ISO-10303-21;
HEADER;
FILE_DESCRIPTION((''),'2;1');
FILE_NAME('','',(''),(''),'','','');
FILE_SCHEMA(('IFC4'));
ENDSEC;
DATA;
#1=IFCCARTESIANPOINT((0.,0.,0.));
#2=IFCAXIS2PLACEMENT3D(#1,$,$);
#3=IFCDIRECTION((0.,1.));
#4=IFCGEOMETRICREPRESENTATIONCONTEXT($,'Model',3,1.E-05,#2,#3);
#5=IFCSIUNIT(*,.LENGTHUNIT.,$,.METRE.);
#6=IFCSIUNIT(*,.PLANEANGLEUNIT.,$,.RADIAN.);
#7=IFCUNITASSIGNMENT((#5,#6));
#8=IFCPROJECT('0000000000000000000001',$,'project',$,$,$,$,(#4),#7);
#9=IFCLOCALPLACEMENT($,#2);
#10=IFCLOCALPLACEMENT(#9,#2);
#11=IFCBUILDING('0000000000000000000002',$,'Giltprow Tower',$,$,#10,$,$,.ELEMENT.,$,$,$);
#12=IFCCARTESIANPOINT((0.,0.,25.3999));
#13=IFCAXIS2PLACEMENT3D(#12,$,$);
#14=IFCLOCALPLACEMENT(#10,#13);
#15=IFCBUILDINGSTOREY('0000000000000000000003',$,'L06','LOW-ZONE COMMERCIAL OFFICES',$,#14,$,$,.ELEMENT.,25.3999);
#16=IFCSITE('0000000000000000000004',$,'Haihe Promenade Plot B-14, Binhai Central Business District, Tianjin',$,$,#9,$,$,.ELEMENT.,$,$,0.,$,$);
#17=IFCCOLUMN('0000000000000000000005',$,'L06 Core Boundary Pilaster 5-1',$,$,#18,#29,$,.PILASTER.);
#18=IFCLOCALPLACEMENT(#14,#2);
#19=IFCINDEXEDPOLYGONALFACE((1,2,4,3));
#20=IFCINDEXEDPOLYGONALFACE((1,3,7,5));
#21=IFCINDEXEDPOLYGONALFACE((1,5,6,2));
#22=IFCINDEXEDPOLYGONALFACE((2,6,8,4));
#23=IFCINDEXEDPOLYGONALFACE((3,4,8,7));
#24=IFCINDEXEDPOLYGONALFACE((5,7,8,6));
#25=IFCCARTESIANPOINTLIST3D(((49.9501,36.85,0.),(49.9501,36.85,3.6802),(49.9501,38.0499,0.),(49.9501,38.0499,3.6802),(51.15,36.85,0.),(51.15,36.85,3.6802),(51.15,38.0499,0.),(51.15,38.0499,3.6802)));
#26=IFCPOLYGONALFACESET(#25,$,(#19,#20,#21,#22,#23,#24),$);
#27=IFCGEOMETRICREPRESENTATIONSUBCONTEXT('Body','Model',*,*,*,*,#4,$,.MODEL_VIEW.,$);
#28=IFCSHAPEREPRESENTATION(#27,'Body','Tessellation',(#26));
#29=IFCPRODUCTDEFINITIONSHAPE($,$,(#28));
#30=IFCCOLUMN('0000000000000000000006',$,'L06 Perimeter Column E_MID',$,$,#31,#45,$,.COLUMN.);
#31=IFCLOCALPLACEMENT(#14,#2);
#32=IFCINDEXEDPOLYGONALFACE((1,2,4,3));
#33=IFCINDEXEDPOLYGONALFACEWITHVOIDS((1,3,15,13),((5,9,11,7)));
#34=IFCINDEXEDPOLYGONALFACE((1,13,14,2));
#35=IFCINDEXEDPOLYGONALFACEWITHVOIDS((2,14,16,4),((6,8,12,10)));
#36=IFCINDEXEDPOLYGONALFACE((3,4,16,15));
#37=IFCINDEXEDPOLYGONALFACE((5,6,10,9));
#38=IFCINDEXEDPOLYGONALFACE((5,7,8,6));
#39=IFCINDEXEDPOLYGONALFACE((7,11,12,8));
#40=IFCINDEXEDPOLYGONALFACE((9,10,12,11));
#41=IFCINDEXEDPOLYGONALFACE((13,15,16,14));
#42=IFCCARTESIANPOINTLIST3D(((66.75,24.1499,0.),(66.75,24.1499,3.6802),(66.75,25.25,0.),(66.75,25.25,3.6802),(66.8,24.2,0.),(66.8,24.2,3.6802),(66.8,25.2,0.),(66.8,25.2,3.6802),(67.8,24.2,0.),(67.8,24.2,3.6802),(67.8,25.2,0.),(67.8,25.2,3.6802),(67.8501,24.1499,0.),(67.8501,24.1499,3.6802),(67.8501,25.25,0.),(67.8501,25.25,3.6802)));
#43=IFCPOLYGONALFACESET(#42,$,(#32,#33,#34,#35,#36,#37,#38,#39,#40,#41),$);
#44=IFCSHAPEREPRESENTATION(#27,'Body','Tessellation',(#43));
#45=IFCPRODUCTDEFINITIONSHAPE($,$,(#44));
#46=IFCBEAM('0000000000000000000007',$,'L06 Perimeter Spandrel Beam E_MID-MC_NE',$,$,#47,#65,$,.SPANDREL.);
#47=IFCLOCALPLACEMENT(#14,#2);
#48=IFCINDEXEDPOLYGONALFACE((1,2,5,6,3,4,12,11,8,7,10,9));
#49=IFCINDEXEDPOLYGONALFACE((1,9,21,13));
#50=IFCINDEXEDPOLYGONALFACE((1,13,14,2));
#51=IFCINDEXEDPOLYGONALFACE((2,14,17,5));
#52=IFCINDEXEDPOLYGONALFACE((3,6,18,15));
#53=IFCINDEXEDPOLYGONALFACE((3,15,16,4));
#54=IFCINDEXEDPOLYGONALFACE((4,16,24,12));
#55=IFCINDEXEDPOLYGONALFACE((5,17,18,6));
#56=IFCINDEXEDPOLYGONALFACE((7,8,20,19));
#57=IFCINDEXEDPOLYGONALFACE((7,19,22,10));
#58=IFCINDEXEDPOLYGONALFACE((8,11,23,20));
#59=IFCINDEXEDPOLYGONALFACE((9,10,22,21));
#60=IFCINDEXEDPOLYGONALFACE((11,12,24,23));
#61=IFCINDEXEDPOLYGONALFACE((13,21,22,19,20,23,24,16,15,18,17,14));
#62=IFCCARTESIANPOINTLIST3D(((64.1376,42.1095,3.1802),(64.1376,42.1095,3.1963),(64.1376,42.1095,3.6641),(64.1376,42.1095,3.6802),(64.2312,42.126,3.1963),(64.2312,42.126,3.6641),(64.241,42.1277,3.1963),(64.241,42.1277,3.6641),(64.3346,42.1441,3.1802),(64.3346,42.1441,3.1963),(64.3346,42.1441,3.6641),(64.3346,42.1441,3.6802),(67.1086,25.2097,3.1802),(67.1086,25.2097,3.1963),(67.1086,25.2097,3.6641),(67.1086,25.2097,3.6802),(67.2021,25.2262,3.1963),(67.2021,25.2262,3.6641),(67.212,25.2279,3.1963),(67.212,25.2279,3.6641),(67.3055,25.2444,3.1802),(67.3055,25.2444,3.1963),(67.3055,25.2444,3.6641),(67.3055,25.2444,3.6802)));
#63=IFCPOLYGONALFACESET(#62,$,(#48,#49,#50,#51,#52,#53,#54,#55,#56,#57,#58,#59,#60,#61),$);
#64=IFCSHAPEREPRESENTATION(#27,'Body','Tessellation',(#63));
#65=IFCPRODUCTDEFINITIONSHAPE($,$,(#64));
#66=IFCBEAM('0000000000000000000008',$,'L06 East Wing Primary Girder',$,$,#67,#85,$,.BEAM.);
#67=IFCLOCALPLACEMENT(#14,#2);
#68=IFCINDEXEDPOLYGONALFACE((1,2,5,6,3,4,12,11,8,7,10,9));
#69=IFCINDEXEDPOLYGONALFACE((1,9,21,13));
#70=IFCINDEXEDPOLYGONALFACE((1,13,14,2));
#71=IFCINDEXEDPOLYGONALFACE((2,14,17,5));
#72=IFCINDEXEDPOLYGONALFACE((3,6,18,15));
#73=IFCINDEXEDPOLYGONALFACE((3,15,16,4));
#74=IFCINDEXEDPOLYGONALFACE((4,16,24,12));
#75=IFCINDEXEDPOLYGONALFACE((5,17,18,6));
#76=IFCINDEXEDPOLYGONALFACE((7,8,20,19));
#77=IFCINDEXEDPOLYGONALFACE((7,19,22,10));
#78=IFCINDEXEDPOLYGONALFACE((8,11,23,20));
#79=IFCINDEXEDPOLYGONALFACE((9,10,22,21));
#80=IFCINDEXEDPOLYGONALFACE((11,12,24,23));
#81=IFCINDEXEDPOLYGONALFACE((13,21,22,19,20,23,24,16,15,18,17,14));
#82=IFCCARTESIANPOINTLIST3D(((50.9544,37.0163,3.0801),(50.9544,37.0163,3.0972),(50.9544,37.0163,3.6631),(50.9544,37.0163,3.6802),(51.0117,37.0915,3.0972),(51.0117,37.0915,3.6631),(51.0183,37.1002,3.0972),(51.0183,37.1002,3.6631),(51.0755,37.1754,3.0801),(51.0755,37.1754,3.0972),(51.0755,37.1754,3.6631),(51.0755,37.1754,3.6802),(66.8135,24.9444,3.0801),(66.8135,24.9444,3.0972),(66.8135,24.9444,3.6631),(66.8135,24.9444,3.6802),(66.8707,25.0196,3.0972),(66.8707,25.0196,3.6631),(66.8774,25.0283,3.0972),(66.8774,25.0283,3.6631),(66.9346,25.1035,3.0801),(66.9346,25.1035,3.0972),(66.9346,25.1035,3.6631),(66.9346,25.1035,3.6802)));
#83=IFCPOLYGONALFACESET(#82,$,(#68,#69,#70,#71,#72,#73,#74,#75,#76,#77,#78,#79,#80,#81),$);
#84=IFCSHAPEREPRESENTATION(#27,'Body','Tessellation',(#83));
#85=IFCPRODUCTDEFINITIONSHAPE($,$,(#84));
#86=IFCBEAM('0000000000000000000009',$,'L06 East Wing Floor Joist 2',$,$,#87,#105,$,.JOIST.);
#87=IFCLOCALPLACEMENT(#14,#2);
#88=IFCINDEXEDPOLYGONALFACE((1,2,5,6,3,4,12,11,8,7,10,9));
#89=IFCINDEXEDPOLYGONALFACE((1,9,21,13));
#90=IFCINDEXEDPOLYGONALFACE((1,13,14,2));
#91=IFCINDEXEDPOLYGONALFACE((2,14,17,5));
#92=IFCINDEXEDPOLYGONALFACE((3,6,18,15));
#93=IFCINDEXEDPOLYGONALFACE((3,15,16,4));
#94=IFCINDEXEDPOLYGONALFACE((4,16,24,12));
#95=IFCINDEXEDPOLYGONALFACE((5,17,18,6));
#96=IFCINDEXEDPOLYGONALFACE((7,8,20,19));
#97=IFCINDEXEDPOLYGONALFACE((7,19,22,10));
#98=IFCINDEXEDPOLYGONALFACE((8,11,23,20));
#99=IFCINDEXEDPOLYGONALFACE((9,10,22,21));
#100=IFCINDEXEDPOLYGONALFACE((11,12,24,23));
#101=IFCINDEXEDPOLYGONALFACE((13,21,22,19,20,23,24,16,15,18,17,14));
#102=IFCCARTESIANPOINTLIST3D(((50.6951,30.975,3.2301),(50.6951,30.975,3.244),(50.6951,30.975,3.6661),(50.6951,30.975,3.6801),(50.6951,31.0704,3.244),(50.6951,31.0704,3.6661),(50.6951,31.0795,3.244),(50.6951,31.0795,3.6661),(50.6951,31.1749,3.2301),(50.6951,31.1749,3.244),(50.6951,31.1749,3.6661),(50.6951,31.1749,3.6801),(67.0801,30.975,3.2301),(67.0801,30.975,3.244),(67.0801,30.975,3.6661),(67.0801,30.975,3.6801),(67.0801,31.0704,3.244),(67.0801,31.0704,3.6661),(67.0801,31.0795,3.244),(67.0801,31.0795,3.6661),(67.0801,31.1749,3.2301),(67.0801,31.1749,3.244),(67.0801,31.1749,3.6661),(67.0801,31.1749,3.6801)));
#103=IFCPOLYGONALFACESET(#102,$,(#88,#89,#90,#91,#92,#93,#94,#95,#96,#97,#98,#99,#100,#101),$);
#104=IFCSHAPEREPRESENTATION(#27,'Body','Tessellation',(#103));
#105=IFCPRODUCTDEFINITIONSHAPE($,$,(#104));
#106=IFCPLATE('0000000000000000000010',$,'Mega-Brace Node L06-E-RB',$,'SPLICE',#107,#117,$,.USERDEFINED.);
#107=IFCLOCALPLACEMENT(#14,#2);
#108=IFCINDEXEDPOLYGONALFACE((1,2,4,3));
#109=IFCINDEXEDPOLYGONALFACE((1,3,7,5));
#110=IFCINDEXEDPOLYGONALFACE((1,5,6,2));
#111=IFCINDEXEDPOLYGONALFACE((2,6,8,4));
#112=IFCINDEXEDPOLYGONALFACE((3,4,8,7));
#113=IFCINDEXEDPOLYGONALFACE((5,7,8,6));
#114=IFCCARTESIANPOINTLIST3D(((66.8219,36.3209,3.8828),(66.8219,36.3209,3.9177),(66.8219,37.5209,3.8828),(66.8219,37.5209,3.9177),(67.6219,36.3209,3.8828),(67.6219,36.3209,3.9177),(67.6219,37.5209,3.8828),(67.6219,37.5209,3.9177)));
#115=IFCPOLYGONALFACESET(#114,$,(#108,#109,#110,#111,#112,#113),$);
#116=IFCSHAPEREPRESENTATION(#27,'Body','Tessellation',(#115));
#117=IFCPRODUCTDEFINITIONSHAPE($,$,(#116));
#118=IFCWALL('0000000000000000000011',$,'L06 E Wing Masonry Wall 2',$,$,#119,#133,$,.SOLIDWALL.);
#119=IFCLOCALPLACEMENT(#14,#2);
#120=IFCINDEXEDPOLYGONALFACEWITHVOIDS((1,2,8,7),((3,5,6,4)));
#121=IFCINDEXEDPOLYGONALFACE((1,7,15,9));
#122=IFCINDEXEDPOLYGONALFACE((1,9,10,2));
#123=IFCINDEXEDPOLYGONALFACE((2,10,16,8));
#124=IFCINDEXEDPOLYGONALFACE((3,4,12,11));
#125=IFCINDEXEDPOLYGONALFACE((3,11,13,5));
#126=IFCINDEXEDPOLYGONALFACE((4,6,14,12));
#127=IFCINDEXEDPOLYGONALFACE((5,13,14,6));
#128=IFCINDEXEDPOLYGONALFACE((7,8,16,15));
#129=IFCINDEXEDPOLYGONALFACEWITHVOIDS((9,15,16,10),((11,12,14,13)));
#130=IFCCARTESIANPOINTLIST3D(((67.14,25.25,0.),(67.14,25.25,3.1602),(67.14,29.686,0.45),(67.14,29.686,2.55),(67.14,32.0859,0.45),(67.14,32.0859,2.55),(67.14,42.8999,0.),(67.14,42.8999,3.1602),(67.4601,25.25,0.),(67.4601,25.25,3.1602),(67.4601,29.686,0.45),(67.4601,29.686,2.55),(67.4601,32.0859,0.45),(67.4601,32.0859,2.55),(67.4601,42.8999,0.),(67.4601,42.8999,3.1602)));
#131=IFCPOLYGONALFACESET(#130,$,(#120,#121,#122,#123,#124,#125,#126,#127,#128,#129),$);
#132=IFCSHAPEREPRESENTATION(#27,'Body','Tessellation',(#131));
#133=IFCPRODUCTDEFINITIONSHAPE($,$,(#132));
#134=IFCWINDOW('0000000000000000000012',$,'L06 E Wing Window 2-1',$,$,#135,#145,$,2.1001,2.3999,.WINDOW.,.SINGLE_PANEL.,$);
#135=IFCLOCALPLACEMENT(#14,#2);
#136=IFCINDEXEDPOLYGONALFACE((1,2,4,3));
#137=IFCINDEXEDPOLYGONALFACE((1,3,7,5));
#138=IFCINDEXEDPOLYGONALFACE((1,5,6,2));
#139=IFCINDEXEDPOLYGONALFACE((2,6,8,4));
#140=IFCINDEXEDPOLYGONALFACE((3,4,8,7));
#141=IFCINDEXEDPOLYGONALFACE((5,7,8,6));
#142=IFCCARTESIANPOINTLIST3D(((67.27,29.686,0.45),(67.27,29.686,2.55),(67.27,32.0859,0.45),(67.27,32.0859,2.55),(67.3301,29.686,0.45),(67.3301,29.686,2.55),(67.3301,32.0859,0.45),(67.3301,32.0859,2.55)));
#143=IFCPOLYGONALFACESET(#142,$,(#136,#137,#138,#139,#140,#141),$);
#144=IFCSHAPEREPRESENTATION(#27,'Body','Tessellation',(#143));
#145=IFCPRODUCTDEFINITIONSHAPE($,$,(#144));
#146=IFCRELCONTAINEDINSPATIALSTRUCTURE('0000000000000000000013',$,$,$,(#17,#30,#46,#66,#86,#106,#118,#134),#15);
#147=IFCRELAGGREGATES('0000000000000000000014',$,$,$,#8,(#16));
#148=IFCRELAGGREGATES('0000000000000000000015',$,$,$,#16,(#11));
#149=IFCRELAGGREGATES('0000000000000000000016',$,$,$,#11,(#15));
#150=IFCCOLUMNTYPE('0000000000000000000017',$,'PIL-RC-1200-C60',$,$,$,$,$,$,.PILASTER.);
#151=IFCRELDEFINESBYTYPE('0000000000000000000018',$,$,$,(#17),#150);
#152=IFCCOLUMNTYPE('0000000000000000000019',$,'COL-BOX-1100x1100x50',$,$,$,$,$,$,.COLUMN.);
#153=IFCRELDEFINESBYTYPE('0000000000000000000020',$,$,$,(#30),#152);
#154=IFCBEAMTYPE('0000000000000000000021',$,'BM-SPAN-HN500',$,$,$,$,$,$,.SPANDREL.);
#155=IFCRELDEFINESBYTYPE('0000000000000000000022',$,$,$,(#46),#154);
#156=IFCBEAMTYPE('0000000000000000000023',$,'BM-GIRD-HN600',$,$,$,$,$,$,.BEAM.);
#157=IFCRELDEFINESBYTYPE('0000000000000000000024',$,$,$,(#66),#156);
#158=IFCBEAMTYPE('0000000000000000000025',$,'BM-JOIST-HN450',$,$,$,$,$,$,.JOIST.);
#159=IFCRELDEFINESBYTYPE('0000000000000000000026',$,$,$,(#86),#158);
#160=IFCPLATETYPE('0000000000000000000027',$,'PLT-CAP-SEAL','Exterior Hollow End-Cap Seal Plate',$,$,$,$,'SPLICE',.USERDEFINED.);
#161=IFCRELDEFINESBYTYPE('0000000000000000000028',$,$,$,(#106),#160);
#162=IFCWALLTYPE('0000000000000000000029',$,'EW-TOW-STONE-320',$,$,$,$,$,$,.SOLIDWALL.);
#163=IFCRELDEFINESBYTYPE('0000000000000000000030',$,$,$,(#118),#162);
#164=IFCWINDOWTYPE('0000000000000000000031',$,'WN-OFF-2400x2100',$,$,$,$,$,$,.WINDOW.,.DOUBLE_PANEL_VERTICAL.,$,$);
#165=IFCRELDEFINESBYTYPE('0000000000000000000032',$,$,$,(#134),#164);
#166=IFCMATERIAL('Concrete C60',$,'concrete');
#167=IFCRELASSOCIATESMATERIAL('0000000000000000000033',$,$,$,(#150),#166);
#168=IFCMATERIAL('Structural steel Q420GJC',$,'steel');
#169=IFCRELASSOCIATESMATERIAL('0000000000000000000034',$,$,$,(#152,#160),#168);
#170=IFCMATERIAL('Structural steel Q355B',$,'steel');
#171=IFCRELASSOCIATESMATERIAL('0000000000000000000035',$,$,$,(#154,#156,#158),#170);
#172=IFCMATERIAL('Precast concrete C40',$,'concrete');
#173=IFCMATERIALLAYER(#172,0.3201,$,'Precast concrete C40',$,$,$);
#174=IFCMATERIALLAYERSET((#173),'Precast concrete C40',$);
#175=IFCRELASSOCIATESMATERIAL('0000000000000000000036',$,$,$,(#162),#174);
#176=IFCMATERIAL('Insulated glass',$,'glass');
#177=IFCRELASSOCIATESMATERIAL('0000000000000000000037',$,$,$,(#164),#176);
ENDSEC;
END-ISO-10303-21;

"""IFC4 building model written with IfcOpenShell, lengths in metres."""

from ifc_helpers import new_model, si_unit, direction, frame, frame_2d, origin, origin_2d, place, context, subcontext, project, spatial, rectangle, hollow_rectangle, i_section, extrude, source, transform, mapped, material, layer, layer_set, material_profile, profile_set, type_object, element, fill, save


model = new_model("IFC4")

# Units and contexts
model_context = context("Model", 3, precision=1e-05, world=origin(), true_north=direction((0.0, 1.0)))
body_context = subcontext(model_context, "Body", "Model", "MODEL_VIEW")
ifc_project = project(units=[si_unit("LENGTHUNIT", "METRE"), si_unit("PLANEANGLEUNIT", "RADIAN")], contexts=[model_context])

# Site, building, storey
site_placement = place(None, origin())
site = spatial("IfcSite", under=ifc_project, at=site_placement, Name="Haihe Promenade Plot B-14, Binhai Central Business District, Tianjin", CompositionType="ELEMENT", RefElevation=0.0)
building_placement = place(site_placement, origin())
building = spatial("IfcBuilding", under=site, at=building_placement, Name="Giltprow Tower", CompositionType="ELEMENT")
storey_placement = place(building_placement, frame((0.0, 0.0, 25.3999)))
storey = spatial("IfcBuildingStorey", under=building, at=storey_placement, Name="L06", Description="LOW-ZONE COMMERCIAL OFFICES", CompositionType="ELEMENT", Elevation=25.3999)

# Columns
ifc_material_1 = material(Name="Concrete C60", Category="concrete")
ifc_material_profile_1 = material_profile(ifc_material_1, rectangle(XDim=1.2, YDim=1.2, at=origin_2d()), Name="RC 1200x1200")
ifc_profile_set_1 = profile_set([ifc_material_profile_1], Name="Concrete C60")
column_type_1 = type_object("IfcColumnType", Name="PIL-RC-1200-C60", PredefinedType="PILASTER", material=ifc_profile_set_1)
shared_shape_1 = source(origin(), body_context, "Body", "SweptSolid", [
    extrude(rectangle(XDim=1.2, YDim=1.2, at=origin_2d()), origin(), (0.0, 0.0, 1.0), 3.6802),
])
column_1_placement = place(storey_placement, frame((50.55, 37.45, 0.0), z_axis=(0.0, 0.0, 1.0), x_axis=(1.0, 0.0, 0.0)))
element("IfcColumn", 1, at=column_1_placement, inside=storey, type_object=column_type_1, Name="L06 Core Boundary Pilaster 5-1", PredefinedType="PILASTER", context=body_context, shape_type="MappedRepresentation", body=[
    mapped(shared_shape_1, transform((0.0, 0.0, 0.0), x_axis=(1.0, 0.0, 0.0), y_axis=(0.0, 1.0, 0.0), z_axis=(0.0, 0.0, 1.0), scale=1.0)),
])
ifc_material_2 = material(Name="Structural steel Q420GJC", Category="steel")
ifc_material_profile_2 = material_profile(ifc_material_2, hollow_rectangle(XDim=1.1001, YDim=1.1001, WallThickness=0.05, at=origin_2d()), Name="BOX 1100x1100x50")
ifc_profile_set_2 = profile_set([ifc_material_profile_2], Name="Structural steel Q420GJC")
column_type_2 = type_object("IfcColumnType", Name="COL-BOX-1100x1100x50", PredefinedType="COLUMN", material=ifc_profile_set_2)
shared_shape_2 = source(origin(), body_context, "Body", "SweptSolid", [
    extrude(hollow_rectangle(XDim=1.1001, YDim=1.1001, WallThickness=0.05, at=origin_2d()), origin(), (0.0, 0.0, 1.0), 3.6802),
])
column_2_placement = place(storey_placement, frame((67.3, 24.7, 0.0), z_axis=(0.0, 0.0, 1.0), x_axis=(1.0, 0.0, 0.0)))
element("IfcColumn", 2, at=column_2_placement, inside=storey, type_object=column_type_2, Name="L06 Perimeter Column E_MID", PredefinedType="COLUMN", context=body_context, shape_type="MappedRepresentation", body=[
    mapped(shared_shape_2, transform((0.0, 0.0, 0.0), x_axis=(1.0, 0.0, 0.0), y_axis=(0.0, 1.0, 0.0), z_axis=(0.0, 0.0, 1.0), scale=1.0)),
])

# Beams
ifc_material_3 = material(Name="Structural steel Q355B", Category="steel")
ifc_material_profile_3 = material_profile(ifc_material_3, i_section(OverallWidth=0.2, OverallDepth=0.5, WebThickness=0.01, FlangeThickness=0.0161, at=origin_2d()), Name="HN 500x200x10x16")
ifc_profile_set_3 = profile_set([ifc_material_profile_3], Name="Structural steel Q355B")
beam_type_1 = type_object("IfcBeamType", Name="BM-SPAN-HN500", PredefinedType="SPANDREL", material=ifc_profile_set_3)
shared_shape_3 = source(origin(), body_context, "Body", "SweptSolid", [
    extrude(i_section(OverallWidth=0.2, OverallDepth=0.5, WebThickness=0.01, FlangeThickness=0.0161, at=origin_2d()), origin(), (0.0, 0.0, 1.0), 17.1589),
])
beam_1_placement = place(storey_placement, frame((67.207, 25.2271, 3.4302), z_axis=(-0.173142, 0.984897, 0.0), x_axis=(-0.984897, -0.173142, 0.0)))
element("IfcBeam", 3, at=beam_1_placement, inside=storey, type_object=beam_type_1, Name="L06 Perimeter Spandrel Beam E_MID-MC_NE", PredefinedType="SPANDREL", context=body_context, shape_type="MappedRepresentation", body=[
    mapped(shared_shape_3, transform((0.0, 0.0, 0.0), x_axis=(1.0, 0.0, 0.0), y_axis=(0.0, 1.0, 0.0), z_axis=(0.0, 0.0, 1.0), scale=1.0)),
])
ifc_material_profile_4 = material_profile(ifc_material_3, i_section(OverallWidth=0.2, OverallDepth=0.6001, WebThickness=0.011, FlangeThickness=0.0171, at=origin_2d()), Name="HN 600x200x11x17")
ifc_profile_set_4 = profile_set([ifc_material_profile_4], Name="Structural steel Q355B")
beam_type_2 = type_object("IfcBeamType", Name="BM-GIRD-HN600", PredefinedType="BEAM", material=ifc_profile_set_4)
shared_shape_4 = source(origin(), body_context, "Body", "SweptSolid", [
    extrude(i_section(OverallWidth=0.2, OverallDepth=0.6001, WebThickness=0.011, FlangeThickness=0.0171, at=origin_2d()), origin(), (0.0, 0.0, 1.0), 19.9309),
])
beam_2_placement = place(storey_placement, frame((66.874, 25.0239, 3.3801), z_axis=(-0.795701, 0.60569, 0.0), x_axis=(-0.60569, -0.795701, 0.0)))
element("IfcBeam", 4, at=beam_2_placement, inside=storey, type_object=beam_type_2, Name="L06 East Wing Primary Girder", PredefinedType="BEAM", context=body_context, shape_type="MappedRepresentation", body=[
    mapped(shared_shape_4, transform((0.0, 0.0, 0.0), x_axis=(1.0, 0.0, 0.0), y_axis=(0.0, 1.0, 0.0), z_axis=(0.0, 0.0, 1.0), scale=1.0)),
])
ifc_material_profile_5 = material_profile(ifc_material_3, i_section(OverallWidth=0.2, OverallDepth=0.45, WebThickness=0.009, FlangeThickness=0.0139, at=origin_2d()), Name="HN 450x200x9x14")
ifc_profile_set_5 = profile_set([ifc_material_profile_5], Name="Structural steel Q355B")
beam_type_3 = type_object("IfcBeamType", Name="BM-JOIST-HN450", PredefinedType="JOIST", material=ifc_profile_set_5)
shared_shape_5 = source(origin(), body_context, "Body", "SweptSolid", [
    extrude(i_section(OverallWidth=0.2, OverallDepth=0.45, WebThickness=0.009, FlangeThickness=0.0139, at=origin_2d()), origin(), (0.0, 0.0, 1.0), 16.385),
])
beam_3_placement = place(storey_placement, frame((50.6951, 31.075, 3.4551), z_axis=(1.0, 0.0, 0.0), x_axis=(0.0, 1.0, 0.0)))
element("IfcBeam", 5, at=beam_3_placement, inside=storey, type_object=beam_type_3, Name="L06 East Wing Floor Joist 2", PredefinedType="JOIST", context=body_context, shape_type="MappedRepresentation", body=[
    mapped(shared_shape_5, transform((0.0, 0.0, 0.0), x_axis=(1.0, 0.0, 0.0), y_axis=(0.0, 1.0, 0.0), z_axis=(0.0, 0.0, 1.0), scale=1.0)),
])

# Plate
plate_type = type_object("IfcPlateType", Name="PLT-CAP-SEAL", Description="Exterior Hollow End-Cap Seal Plate", ElementType="SPLICE", PredefinedType="USERDEFINED", material=ifc_material_2)
shared_shape_6 = source(origin(), body_context, "Body", "SweptSolid", [
    extrude(rectangle(XDim=1.2, YDim=0.8, at=origin_2d()), origin(), (0.0, 0.0, 1.0), 0.0349),
])
plate_placement = place(storey_placement, frame((67.2219, 36.9209, 3.8828), z_axis=(0.0, 0.0, 1.0), x_axis=(0.0, 1.0, 0.0)))
element("IfcPlate", 6, at=plate_placement, inside=storey, type_object=plate_type, Name="Mega-Brace Node L06-E-RB", ObjectType="SPLICE", PredefinedType="USERDEFINED", context=body_context, shape_type="MappedRepresentation", body=[
    mapped(shared_shape_6, transform((0.0, 0.0, 0.0), x_axis=(1.0, 0.0, 0.0), y_axis=(0.0, 1.0, 0.0), z_axis=(0.0, 0.0, 1.0), scale=1.0)),
])

# Wall, opening, window
ifc_material_4 = material(Name="Precast concrete C40", Category="concrete")
ifc_layer_1 = layer(ifc_material_4, 0.3201, Name="Precast concrete C40")
ifc_layer_set_1 = layer_set([ifc_layer_1], Name="Precast concrete C40")
wall_type_1 = type_object("IfcWallType", Name="EW-TOW-STONE-320", PredefinedType="SOLIDWALL", material=ifc_layer_set_1)
wall_1_placement = place(storey_placement, frame((67.3, 25.25, 0.0), z_axis=(0.0, 0.0, 1.0), x_axis=(0.0, 1.0, 0.0)))
wall_1 = element("IfcWall", 7, at=wall_1_placement, inside=storey, type_object=wall_type_1, Name="L06 E Wing Masonry Wall 2", PredefinedType="SOLIDWALL", context=body_context, shape_type="SweptSolid", body=[
    extrude(rectangle(XDim=17.6499, YDim=0.3201, at=frame_2d((8.825, 0.0))), origin(), (0.0, 0.0, 1.0), 3.1602),
])
opening_1_placement = place(wall_1_placement, frame((4.436, 0.0, 0.45)))
opening_1 = element("IfcOpeningElement", 8, at=opening_1_placement, cuts=wall_1, PredefinedType="OPENING", context=body_context, shape_type="SweptSolid", body=[
    extrude(rectangle(XDim=2.3999, YDim=2.1001, at=frame_2d((1.2, 1.05))), frame((0.0, 0.1699, 0.0), z_axis=(0.0, -1.0, 0.0), x_axis=(1.0, 0.0, 0.0)), (0.0, 0.0, 1.0), 0.3401),
])
ifc_material_5 = material(Name="Insulated glass", Category="glass")
window_type = type_object("IfcWindowType", Name="WN-OFF-2400x2100", PartitioningType="DOUBLE_PANEL_VERTICAL", PredefinedType="WINDOW", material=ifc_material_5)
shared_shape_7 = source(origin(), body_context, "Body", "SweptSolid", [
    extrude(rectangle(XDim=2.3999, YDim=2.1001, at=frame_2d((1.2, 1.05))), frame((0.0, 0.03, 0.0), z_axis=(0.0, -1.0, 0.0), x_axis=(1.0, 0.0, 0.0)), (0.0, 0.0, 1.0), 0.0601),
])
window_placement = place(opening_1_placement, origin())
window = element("IfcWindow", 9, at=window_placement, inside=storey, type_object=window_type, Name="L06 E Wing Window 2-1", OverallHeight=2.1001, OverallWidth=2.3999, PartitioningType="SINGLE_PANEL", PredefinedType="WINDOW", context=body_context, shape_type="MappedRepresentation", body=[
    mapped(shared_shape_7, transform((0.0, 0.0, 0.0), x_axis=(1.0, 0.0, 0.0), y_axis=(0.0, 1.0, 0.0), z_axis=(0.0, 0.0, 1.0), scale=1.0)),
])
fill(opening_1, window)

save(model, "model.ifc")
